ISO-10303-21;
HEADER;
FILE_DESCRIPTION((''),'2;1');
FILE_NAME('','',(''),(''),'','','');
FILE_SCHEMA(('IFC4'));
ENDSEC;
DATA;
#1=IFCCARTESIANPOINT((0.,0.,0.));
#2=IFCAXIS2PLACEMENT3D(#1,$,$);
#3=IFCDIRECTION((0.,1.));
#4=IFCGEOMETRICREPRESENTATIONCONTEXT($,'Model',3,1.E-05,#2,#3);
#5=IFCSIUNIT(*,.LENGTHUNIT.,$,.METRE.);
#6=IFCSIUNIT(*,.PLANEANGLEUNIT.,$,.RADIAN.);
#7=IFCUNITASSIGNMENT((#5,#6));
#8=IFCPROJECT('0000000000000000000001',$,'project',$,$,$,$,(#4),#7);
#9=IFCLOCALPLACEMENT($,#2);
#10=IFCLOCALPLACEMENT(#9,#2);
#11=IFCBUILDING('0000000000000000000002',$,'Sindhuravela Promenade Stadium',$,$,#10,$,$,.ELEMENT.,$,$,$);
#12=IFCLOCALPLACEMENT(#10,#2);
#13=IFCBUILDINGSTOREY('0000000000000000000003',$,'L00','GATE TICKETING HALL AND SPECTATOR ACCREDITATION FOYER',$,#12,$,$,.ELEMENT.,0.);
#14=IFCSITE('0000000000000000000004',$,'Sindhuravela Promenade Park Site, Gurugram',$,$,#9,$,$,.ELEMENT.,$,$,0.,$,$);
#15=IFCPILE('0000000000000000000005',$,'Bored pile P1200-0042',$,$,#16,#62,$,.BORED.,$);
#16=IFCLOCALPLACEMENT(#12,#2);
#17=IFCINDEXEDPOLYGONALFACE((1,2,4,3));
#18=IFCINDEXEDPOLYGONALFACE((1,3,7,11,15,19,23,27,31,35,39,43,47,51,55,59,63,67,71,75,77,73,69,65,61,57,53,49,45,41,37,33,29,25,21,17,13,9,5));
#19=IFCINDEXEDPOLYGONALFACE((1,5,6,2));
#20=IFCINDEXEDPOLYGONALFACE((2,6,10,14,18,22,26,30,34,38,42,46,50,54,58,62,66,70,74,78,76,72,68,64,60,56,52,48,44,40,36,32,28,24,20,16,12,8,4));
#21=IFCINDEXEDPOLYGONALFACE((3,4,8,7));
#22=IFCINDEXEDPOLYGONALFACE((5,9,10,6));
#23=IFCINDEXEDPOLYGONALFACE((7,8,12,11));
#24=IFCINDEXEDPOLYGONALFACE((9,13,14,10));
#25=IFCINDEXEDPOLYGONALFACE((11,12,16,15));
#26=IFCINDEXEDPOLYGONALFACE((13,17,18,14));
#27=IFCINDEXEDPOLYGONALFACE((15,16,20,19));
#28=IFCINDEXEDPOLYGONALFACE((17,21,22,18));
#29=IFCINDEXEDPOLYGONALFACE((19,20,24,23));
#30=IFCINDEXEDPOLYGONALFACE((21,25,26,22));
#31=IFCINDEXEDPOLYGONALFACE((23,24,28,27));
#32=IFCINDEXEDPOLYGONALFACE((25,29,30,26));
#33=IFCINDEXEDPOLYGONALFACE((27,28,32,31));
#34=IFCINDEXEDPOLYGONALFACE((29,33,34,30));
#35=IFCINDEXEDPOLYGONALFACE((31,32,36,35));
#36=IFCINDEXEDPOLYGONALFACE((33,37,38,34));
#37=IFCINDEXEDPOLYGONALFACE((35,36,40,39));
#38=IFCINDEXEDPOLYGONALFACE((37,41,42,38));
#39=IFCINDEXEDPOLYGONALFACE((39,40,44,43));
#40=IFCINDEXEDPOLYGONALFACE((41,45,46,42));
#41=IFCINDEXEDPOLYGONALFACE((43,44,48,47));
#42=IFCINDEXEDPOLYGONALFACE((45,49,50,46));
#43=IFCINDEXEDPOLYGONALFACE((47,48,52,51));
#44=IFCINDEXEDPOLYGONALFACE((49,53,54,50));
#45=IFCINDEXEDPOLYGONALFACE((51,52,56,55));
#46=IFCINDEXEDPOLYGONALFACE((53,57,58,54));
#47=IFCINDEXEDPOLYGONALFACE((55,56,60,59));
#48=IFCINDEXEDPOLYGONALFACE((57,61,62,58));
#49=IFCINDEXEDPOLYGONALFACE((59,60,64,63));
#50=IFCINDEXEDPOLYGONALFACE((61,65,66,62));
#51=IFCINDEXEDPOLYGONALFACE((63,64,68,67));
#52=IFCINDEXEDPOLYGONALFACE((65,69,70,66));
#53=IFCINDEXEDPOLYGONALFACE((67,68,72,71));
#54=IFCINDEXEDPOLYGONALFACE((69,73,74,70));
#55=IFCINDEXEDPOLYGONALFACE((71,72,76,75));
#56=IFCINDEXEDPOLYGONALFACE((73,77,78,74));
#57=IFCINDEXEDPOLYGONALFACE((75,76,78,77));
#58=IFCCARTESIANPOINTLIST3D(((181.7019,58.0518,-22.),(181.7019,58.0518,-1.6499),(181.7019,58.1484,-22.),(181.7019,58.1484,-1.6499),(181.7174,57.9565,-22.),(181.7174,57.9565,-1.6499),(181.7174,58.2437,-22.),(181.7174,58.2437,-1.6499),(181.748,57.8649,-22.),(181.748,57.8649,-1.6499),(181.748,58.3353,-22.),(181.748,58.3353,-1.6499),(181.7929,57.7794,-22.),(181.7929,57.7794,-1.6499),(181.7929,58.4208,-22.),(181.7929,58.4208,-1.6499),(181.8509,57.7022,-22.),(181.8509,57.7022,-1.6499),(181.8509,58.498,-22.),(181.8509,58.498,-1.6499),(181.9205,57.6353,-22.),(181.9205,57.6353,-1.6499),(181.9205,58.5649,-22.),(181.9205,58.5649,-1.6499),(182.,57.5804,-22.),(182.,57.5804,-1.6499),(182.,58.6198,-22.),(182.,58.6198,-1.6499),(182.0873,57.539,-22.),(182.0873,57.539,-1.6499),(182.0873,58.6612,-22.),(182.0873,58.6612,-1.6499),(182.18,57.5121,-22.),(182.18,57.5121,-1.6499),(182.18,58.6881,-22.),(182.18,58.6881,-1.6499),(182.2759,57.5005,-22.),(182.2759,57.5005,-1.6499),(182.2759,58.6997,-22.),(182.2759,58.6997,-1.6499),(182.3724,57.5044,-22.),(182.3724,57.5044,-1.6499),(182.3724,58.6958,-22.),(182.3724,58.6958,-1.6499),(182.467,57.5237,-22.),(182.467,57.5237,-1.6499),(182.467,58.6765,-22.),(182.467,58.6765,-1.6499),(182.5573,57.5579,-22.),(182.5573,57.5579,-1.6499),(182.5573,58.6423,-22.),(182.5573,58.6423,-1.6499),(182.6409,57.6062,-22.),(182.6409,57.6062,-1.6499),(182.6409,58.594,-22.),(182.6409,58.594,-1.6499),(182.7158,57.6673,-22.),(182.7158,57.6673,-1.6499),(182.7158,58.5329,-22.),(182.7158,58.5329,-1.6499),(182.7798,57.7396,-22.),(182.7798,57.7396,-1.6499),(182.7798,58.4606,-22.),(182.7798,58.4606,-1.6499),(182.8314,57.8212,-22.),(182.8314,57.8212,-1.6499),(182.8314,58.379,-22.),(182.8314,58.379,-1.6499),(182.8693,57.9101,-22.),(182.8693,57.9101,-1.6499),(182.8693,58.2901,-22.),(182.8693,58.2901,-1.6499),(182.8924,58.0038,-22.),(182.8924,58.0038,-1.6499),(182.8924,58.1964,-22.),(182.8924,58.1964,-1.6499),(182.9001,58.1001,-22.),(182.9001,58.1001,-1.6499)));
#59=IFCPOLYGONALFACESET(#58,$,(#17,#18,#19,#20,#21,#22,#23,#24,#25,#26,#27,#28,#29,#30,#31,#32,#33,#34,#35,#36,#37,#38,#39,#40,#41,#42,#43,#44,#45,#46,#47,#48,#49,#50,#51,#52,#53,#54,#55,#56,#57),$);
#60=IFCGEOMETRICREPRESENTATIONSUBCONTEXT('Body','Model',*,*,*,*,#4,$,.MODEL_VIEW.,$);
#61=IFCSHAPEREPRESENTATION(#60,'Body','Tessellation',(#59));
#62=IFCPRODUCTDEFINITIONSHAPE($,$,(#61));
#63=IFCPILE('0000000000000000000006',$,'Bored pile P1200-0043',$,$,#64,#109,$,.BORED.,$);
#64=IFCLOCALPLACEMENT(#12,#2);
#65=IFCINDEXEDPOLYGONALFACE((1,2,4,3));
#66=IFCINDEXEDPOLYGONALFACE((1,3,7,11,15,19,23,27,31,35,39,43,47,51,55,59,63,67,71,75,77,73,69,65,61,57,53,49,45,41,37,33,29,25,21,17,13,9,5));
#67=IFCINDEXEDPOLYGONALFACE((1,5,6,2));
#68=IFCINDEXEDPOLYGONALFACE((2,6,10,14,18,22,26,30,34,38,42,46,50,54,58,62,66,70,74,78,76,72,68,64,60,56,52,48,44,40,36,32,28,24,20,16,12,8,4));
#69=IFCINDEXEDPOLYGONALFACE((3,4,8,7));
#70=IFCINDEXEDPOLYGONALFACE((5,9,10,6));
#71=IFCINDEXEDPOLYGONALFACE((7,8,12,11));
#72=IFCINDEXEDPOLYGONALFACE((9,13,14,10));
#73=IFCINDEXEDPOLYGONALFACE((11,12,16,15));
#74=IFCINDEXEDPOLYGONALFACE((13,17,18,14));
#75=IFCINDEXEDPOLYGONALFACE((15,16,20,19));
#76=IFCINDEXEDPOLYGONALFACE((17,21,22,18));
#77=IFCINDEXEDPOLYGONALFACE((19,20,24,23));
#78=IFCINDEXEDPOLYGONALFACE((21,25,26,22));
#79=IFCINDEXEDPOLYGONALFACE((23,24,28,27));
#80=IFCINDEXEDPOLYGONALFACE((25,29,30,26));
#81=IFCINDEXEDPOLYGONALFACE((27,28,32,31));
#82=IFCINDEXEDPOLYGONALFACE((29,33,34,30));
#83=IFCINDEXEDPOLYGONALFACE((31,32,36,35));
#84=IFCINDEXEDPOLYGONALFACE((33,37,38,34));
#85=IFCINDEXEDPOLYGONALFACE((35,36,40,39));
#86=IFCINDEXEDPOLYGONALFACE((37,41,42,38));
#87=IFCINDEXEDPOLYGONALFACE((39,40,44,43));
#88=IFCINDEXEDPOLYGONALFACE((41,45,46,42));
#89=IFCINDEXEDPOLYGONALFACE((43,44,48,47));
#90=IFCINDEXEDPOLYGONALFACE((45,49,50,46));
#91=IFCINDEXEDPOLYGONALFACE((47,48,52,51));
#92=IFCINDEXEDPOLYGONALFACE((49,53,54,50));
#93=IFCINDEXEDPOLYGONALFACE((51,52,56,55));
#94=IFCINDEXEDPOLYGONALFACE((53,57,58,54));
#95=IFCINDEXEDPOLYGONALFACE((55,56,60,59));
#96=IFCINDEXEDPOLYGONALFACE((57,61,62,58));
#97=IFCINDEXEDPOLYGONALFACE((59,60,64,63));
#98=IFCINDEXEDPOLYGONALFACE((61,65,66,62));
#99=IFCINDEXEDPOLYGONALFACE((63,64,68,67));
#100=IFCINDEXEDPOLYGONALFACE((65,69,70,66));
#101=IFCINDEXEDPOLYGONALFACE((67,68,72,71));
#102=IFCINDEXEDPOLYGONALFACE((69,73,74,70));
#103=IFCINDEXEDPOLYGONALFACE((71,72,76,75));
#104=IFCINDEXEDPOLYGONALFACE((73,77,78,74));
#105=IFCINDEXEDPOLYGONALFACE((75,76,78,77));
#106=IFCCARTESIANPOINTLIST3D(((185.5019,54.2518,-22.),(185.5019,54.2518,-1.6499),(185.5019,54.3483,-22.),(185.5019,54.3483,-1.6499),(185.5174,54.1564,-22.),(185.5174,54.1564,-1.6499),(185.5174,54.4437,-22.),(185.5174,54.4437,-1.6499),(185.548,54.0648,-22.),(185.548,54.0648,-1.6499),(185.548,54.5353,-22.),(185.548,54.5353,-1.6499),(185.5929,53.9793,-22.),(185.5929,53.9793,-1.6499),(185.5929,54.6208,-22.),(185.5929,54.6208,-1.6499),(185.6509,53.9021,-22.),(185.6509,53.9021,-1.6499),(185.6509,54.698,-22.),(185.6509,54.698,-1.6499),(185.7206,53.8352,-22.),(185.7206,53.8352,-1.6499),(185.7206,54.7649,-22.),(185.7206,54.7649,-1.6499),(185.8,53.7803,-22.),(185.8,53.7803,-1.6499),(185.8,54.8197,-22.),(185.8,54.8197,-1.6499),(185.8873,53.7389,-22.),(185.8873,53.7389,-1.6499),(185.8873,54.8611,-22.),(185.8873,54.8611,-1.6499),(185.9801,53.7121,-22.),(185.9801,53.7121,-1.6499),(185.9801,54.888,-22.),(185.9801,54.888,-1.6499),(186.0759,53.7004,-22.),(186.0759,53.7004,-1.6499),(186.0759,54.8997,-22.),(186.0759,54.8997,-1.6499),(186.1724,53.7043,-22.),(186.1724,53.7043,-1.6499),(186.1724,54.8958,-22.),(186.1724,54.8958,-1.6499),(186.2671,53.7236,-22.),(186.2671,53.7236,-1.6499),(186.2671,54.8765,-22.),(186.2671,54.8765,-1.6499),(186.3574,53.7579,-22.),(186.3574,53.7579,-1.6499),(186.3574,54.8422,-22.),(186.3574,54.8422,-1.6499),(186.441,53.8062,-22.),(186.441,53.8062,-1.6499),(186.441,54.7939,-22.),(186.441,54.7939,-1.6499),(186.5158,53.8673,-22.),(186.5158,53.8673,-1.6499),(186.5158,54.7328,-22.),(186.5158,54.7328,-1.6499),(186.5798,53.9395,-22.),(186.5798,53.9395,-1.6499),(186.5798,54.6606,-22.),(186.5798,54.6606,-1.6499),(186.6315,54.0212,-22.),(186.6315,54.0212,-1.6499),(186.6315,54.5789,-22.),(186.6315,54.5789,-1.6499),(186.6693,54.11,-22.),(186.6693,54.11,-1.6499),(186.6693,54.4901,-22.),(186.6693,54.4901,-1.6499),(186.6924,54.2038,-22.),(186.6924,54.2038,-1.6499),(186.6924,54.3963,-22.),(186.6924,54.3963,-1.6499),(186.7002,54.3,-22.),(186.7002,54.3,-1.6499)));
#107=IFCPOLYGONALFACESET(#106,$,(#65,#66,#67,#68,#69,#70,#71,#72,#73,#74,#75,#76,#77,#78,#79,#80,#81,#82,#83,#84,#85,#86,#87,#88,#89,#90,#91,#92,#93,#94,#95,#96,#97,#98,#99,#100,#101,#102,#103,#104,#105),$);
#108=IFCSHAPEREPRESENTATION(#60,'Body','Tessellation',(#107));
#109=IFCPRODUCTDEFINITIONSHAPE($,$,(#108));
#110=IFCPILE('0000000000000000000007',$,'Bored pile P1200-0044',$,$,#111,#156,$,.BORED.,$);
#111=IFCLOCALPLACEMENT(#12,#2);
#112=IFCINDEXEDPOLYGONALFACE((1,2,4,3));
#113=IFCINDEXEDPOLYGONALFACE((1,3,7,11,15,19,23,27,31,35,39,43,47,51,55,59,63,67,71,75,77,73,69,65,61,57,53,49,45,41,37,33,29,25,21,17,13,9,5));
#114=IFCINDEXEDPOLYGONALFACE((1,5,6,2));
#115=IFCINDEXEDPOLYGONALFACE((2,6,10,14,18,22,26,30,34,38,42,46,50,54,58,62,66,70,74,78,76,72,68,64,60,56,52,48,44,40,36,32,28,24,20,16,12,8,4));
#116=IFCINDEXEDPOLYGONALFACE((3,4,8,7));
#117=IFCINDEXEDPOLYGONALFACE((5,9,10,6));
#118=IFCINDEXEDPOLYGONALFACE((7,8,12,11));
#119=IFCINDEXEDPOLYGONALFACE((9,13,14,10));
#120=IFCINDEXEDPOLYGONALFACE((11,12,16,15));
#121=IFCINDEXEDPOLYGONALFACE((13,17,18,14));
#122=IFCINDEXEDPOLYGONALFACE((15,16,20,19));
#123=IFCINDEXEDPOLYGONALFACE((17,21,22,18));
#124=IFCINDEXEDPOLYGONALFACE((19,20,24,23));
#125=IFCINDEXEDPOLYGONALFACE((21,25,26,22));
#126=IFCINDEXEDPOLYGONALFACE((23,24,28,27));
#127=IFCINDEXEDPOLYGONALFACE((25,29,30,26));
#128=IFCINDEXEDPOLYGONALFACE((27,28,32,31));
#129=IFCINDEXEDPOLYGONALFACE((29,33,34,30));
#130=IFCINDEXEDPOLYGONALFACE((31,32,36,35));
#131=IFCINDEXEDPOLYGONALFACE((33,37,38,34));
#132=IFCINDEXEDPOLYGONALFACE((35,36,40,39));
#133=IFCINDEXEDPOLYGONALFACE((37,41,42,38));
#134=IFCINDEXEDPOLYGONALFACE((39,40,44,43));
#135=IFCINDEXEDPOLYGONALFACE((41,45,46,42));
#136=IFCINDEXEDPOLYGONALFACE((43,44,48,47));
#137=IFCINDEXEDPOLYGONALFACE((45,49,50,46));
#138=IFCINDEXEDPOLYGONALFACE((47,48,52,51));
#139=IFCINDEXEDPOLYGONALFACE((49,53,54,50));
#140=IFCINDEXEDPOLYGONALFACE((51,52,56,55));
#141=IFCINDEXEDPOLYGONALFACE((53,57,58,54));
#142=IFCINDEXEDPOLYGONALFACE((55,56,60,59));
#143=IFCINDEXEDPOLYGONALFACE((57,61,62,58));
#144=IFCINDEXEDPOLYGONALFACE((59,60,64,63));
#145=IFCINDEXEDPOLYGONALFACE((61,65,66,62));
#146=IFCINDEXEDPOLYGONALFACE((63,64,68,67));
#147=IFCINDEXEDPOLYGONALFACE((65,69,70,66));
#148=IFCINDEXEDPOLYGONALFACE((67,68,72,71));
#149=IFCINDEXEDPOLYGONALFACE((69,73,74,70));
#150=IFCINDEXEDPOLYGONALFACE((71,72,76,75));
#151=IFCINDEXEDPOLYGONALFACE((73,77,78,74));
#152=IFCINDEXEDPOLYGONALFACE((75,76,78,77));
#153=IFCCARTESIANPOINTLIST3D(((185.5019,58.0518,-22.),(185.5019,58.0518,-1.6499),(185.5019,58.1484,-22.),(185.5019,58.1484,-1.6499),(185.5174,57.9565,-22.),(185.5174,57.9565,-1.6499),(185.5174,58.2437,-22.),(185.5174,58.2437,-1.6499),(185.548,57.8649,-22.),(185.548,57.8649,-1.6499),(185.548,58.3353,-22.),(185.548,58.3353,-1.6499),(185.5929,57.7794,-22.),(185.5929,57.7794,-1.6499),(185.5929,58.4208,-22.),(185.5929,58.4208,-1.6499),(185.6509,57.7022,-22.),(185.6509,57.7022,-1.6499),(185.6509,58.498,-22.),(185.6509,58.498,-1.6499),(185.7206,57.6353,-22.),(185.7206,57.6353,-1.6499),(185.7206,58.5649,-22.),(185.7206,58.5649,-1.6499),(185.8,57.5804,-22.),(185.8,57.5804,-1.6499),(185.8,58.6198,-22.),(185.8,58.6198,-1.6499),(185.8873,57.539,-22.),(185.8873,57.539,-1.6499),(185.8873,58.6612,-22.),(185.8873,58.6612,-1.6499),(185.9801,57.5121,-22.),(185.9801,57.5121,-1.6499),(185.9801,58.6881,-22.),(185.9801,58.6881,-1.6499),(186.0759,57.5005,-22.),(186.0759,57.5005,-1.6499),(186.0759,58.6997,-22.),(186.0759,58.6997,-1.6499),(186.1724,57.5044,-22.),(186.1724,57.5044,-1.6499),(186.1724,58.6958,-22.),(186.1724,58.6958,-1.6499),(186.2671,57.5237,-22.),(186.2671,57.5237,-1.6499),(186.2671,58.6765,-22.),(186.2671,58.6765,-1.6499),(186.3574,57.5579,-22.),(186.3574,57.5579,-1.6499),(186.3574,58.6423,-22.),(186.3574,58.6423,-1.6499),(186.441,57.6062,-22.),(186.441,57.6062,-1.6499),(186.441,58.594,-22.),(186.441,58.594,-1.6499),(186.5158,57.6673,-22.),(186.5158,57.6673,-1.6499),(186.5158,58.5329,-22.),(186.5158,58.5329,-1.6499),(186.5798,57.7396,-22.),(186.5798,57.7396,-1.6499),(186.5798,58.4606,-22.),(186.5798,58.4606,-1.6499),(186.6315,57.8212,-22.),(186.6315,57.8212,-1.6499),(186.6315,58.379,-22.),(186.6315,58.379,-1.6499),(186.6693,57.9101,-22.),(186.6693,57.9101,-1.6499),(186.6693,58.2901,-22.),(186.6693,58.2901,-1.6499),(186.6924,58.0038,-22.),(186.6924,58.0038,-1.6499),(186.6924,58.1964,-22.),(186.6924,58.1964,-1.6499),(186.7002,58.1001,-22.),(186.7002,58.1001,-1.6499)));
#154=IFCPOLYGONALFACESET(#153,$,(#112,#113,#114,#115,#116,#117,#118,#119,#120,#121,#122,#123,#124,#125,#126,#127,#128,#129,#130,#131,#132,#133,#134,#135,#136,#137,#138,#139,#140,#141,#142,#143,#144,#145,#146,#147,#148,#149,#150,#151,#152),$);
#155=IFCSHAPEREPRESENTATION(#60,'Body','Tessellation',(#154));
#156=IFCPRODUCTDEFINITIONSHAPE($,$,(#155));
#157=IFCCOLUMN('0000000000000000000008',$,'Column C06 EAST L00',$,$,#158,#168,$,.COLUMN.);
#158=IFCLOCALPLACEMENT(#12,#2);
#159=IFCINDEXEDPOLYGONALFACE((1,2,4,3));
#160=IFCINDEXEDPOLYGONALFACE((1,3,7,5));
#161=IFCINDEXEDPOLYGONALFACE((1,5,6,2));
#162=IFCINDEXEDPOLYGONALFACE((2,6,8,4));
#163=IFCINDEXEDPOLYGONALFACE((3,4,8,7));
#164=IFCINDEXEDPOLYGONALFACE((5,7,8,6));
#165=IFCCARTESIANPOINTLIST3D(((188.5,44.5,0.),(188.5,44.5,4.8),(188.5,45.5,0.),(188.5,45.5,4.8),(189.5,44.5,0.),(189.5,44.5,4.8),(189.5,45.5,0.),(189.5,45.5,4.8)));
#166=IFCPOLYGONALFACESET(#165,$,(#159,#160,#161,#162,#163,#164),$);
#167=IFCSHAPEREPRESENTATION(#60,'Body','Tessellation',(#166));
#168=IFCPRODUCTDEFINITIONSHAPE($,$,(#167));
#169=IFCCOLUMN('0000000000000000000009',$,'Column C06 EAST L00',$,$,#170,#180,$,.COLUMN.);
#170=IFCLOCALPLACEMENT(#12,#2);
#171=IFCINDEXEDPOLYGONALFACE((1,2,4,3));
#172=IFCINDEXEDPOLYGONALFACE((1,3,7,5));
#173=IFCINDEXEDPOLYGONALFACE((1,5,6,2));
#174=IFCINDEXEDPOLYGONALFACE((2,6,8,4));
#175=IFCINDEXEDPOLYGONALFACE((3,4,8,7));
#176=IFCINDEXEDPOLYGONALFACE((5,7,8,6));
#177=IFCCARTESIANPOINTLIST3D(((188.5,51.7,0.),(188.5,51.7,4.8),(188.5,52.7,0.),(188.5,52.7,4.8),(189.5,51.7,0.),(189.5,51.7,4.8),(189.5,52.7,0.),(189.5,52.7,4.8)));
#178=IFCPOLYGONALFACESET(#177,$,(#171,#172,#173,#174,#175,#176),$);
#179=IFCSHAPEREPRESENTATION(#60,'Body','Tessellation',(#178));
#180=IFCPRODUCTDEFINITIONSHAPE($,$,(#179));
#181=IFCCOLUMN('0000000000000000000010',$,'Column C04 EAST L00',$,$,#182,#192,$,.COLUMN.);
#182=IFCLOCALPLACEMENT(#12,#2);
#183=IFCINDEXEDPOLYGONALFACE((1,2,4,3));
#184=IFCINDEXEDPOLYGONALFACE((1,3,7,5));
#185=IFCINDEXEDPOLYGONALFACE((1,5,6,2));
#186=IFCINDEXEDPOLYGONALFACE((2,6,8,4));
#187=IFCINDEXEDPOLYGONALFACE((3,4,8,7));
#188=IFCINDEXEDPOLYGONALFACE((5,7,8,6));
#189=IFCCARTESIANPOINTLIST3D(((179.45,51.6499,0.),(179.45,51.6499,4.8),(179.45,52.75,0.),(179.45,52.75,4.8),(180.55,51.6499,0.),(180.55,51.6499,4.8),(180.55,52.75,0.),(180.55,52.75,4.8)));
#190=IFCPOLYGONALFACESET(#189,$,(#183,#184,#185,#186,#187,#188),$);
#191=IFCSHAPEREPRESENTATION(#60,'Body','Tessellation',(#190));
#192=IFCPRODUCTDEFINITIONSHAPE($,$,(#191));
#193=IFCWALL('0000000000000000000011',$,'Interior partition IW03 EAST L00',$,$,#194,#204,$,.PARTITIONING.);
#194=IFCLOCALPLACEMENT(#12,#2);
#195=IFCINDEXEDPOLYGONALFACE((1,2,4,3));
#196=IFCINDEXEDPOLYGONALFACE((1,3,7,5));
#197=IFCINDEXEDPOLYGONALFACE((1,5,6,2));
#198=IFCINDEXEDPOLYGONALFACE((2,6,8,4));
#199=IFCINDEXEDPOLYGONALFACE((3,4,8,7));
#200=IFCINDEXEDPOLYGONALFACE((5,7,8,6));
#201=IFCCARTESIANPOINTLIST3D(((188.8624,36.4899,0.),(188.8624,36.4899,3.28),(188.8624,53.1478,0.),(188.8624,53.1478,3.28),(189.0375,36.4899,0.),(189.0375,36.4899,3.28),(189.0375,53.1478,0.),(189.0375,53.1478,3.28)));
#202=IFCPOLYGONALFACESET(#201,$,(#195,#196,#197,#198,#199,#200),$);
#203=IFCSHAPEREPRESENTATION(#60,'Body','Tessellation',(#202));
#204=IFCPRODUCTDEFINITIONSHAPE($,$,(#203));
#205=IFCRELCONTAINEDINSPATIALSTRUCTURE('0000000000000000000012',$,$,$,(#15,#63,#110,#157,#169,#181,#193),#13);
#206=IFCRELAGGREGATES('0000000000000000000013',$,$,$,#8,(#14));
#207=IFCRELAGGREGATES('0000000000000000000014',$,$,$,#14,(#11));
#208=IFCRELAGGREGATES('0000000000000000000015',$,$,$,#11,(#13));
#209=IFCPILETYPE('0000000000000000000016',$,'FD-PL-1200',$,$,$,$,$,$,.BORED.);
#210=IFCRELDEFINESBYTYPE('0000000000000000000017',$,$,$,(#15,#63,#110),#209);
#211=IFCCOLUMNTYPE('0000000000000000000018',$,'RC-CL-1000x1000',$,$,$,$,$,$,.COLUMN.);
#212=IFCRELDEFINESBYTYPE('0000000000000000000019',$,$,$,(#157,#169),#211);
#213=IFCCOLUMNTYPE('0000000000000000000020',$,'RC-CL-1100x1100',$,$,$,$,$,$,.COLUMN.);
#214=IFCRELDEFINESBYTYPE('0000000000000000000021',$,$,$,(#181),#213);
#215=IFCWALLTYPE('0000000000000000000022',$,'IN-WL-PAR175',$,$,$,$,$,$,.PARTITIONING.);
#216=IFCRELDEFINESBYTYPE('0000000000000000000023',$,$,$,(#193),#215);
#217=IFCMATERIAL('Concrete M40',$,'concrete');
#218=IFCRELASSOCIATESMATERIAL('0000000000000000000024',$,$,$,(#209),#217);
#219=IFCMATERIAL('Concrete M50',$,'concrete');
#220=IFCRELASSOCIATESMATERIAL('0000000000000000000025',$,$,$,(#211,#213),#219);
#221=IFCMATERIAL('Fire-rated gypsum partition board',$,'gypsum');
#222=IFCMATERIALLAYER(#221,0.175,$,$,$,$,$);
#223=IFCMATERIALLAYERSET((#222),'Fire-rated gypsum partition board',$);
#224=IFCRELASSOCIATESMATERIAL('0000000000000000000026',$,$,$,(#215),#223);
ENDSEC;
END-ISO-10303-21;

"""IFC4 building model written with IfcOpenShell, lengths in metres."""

from ifc_helpers import new_model, si_unit, direction, frame, frame_2d, origin, origin_2d, place, context, subcontext, project, spatial, rectangle, circle, extrude, material, layer, layer_set, material_profile, profile_set, type_object, element, save


model = new_model("IFC4")

# Units and contexts
model_context = context("Model", 3, precision=1e-05, world=origin(), true_north=direction((0.0, 1.0)))
body_context = subcontext(model_context, "Body", "Model", "MODEL_VIEW")
ifc_project = project(units=[si_unit("LENGTHUNIT", "METRE"), si_unit("PLANEANGLEUNIT", "RADIAN")], contexts=[model_context])

# Site, building, storey
site_placement = place(None, origin())
site = spatial("IfcSite", under=ifc_project, at=site_placement, Name="Sindhuravela Promenade Park Site, Gurugram", CompositionType="ELEMENT", RefElevation=0.0)
building_placement = place(site_placement, origin())
building = spatial("IfcBuilding", under=site, at=building_placement, Name="Sindhuravela Promenade Stadium", CompositionType="ELEMENT")
storey_placement = place(building_placement, origin())
storey = spatial("IfcBuildingStorey", under=building, at=storey_placement, Name="L00", Description="GATE TICKETING HALL AND SPECTATOR ACCREDITATION FOYER", CompositionType="ELEMENT", Elevation=0.0)

# Shared definitions
ifc_material_1 = material(Name="Concrete M50", Category="concrete")

# Piles
ifc_material_2 = material(Name="Concrete M40", Category="concrete")
ifc_material_profile_1 = material_profile(ifc_material_2, circle(Radius=0.6001, at=origin_2d()), Name="BORED PILE D1200")
ifc_profile_set_1 = profile_set([ifc_material_profile_1], Name="Concrete M40")
pile_type_1 = type_object("IfcPileType", Name="FD-PL-1200", PredefinedType="BORED", material=ifc_profile_set_1)
for number, where, z_axis, x_axis, name in (
    (1, (182.3, 58.1001, -1.6499), (0.0, 0.0, -1.0), (1.0, 0.0, 0.0), "Bored pile P1200-0042"),
    (2, (186.1001, 54.3, -1.6499), (0.0, 0.0, -1.0), (1.0, 0.0, 0.0), "Bored pile P1200-0043"),
    (3, (186.1001, 58.1001, -1.6499), (0.0, 0.0, -1.0), (1.0, 0.0, 0.0), "Bored pile P1200-0044"),
):
    element("IfcPile", number, at=place(storey_placement, frame(where, z_axis=z_axis, x_axis=x_axis)), inside=storey, type_object=pile_type_1, Name=name, PredefinedType="BORED", context=body_context, shape_type="SweptSolid", body=[
        extrude(circle(Radius=0.6001, at=origin_2d()), origin(), (0.0, 0.0, 1.0), 20.3501),
    ])

# Columns
ifc_material_profile_2 = material_profile(ifc_material_1, rectangle(XDim=1.0, YDim=1.0, at=origin_2d()), Name="RC 1000x1000")
ifc_profile_set_2 = profile_set([ifc_material_profile_2], Name="Concrete M50")
column_type_1 = type_object("IfcColumnType", Name="RC-CL-1000x1000", PredefinedType="COLUMN", material=ifc_profile_set_2)
for number, where, z_axis, x_axis, name in (
    (4, (189.0, 45.0, 0.0), (0.0, 0.0, 1.0), (1.0, 0.0, 0.0), "Column C06 EAST L00"),
    (5, (189.0, 52.2, 0.0), (0.0, 0.0, 1.0), (1.0, 0.0, 0.0), "Column C06 EAST L00"),
):
    element("IfcColumn", number, at=place(storey_placement, frame(where, z_axis=z_axis, x_axis=x_axis)), inside=storey, type_object=column_type_1, Name=name, PredefinedType="COLUMN", context=body_context, shape_type="SweptSolid", body=[
        extrude(rectangle(XDim=1.0, YDim=1.0, at=origin_2d()), origin(), (0.0, 0.0, 1.0), 4.8),
    ])
ifc_material_profile_3 = material_profile(ifc_material_1, rectangle(XDim=1.1001, YDim=1.1001, at=origin_2d()), Name="RC 1100x1100")
ifc_profile_set_3 = profile_set([ifc_material_profile_3], Name="Concrete M50")
column_type_2 = type_object("IfcColumnType", Name="RC-CL-1100x1100", PredefinedType="COLUMN", material=ifc_profile_set_3)
column_placement = place(storey_placement, frame((180.0, 52.2, 0.0), z_axis=(0.0, 0.0, 1.0), x_axis=(1.0, 0.0, 0.0)))
element("IfcColumn", 6, at=column_placement, inside=storey, type_object=column_type_2, Name="Column C04 EAST L00", PredefinedType="COLUMN", context=body_context, shape_type="SweptSolid", body=[
    extrude(rectangle(XDim=1.1001, YDim=1.1001, at=origin_2d()), origin(), (0.0, 0.0, 1.0), 4.8),
])

# Wall
ifc_material_3 = material(Name="Fire-rated gypsum partition board", Category="gypsum")
ifc_layer_1 = layer(ifc_material_3, 0.175)
ifc_layer_set_1 = layer_set([ifc_layer_1], Name="Fire-rated gypsum partition board")
wall_type_1 = type_object("IfcWallType", Name="IN-WL-PAR175", PredefinedType="PARTITIONING", material=ifc_layer_set_1)
wall_1_placement = place(storey_placement, frame((188.95, 53.1479, 0.0), z_axis=(0.0, 0.0, 1.0), x_axis=(0.0, -1.0, 0.0)))
element("IfcWall", 7, at=wall_1_placement, inside=storey, type_object=wall_type_1, Name="Interior partition IW03 EAST L00", PredefinedType="PARTITIONING", context=body_context, shape_type="SweptSolid", body=[
    extrude(rectangle(XDim=16.658, YDim=0.175, at=frame_2d((8.3291, 0.0))), origin(), (0.0, 0.0, 1.0), 3.28),
])

save(model, "model.ifc")
